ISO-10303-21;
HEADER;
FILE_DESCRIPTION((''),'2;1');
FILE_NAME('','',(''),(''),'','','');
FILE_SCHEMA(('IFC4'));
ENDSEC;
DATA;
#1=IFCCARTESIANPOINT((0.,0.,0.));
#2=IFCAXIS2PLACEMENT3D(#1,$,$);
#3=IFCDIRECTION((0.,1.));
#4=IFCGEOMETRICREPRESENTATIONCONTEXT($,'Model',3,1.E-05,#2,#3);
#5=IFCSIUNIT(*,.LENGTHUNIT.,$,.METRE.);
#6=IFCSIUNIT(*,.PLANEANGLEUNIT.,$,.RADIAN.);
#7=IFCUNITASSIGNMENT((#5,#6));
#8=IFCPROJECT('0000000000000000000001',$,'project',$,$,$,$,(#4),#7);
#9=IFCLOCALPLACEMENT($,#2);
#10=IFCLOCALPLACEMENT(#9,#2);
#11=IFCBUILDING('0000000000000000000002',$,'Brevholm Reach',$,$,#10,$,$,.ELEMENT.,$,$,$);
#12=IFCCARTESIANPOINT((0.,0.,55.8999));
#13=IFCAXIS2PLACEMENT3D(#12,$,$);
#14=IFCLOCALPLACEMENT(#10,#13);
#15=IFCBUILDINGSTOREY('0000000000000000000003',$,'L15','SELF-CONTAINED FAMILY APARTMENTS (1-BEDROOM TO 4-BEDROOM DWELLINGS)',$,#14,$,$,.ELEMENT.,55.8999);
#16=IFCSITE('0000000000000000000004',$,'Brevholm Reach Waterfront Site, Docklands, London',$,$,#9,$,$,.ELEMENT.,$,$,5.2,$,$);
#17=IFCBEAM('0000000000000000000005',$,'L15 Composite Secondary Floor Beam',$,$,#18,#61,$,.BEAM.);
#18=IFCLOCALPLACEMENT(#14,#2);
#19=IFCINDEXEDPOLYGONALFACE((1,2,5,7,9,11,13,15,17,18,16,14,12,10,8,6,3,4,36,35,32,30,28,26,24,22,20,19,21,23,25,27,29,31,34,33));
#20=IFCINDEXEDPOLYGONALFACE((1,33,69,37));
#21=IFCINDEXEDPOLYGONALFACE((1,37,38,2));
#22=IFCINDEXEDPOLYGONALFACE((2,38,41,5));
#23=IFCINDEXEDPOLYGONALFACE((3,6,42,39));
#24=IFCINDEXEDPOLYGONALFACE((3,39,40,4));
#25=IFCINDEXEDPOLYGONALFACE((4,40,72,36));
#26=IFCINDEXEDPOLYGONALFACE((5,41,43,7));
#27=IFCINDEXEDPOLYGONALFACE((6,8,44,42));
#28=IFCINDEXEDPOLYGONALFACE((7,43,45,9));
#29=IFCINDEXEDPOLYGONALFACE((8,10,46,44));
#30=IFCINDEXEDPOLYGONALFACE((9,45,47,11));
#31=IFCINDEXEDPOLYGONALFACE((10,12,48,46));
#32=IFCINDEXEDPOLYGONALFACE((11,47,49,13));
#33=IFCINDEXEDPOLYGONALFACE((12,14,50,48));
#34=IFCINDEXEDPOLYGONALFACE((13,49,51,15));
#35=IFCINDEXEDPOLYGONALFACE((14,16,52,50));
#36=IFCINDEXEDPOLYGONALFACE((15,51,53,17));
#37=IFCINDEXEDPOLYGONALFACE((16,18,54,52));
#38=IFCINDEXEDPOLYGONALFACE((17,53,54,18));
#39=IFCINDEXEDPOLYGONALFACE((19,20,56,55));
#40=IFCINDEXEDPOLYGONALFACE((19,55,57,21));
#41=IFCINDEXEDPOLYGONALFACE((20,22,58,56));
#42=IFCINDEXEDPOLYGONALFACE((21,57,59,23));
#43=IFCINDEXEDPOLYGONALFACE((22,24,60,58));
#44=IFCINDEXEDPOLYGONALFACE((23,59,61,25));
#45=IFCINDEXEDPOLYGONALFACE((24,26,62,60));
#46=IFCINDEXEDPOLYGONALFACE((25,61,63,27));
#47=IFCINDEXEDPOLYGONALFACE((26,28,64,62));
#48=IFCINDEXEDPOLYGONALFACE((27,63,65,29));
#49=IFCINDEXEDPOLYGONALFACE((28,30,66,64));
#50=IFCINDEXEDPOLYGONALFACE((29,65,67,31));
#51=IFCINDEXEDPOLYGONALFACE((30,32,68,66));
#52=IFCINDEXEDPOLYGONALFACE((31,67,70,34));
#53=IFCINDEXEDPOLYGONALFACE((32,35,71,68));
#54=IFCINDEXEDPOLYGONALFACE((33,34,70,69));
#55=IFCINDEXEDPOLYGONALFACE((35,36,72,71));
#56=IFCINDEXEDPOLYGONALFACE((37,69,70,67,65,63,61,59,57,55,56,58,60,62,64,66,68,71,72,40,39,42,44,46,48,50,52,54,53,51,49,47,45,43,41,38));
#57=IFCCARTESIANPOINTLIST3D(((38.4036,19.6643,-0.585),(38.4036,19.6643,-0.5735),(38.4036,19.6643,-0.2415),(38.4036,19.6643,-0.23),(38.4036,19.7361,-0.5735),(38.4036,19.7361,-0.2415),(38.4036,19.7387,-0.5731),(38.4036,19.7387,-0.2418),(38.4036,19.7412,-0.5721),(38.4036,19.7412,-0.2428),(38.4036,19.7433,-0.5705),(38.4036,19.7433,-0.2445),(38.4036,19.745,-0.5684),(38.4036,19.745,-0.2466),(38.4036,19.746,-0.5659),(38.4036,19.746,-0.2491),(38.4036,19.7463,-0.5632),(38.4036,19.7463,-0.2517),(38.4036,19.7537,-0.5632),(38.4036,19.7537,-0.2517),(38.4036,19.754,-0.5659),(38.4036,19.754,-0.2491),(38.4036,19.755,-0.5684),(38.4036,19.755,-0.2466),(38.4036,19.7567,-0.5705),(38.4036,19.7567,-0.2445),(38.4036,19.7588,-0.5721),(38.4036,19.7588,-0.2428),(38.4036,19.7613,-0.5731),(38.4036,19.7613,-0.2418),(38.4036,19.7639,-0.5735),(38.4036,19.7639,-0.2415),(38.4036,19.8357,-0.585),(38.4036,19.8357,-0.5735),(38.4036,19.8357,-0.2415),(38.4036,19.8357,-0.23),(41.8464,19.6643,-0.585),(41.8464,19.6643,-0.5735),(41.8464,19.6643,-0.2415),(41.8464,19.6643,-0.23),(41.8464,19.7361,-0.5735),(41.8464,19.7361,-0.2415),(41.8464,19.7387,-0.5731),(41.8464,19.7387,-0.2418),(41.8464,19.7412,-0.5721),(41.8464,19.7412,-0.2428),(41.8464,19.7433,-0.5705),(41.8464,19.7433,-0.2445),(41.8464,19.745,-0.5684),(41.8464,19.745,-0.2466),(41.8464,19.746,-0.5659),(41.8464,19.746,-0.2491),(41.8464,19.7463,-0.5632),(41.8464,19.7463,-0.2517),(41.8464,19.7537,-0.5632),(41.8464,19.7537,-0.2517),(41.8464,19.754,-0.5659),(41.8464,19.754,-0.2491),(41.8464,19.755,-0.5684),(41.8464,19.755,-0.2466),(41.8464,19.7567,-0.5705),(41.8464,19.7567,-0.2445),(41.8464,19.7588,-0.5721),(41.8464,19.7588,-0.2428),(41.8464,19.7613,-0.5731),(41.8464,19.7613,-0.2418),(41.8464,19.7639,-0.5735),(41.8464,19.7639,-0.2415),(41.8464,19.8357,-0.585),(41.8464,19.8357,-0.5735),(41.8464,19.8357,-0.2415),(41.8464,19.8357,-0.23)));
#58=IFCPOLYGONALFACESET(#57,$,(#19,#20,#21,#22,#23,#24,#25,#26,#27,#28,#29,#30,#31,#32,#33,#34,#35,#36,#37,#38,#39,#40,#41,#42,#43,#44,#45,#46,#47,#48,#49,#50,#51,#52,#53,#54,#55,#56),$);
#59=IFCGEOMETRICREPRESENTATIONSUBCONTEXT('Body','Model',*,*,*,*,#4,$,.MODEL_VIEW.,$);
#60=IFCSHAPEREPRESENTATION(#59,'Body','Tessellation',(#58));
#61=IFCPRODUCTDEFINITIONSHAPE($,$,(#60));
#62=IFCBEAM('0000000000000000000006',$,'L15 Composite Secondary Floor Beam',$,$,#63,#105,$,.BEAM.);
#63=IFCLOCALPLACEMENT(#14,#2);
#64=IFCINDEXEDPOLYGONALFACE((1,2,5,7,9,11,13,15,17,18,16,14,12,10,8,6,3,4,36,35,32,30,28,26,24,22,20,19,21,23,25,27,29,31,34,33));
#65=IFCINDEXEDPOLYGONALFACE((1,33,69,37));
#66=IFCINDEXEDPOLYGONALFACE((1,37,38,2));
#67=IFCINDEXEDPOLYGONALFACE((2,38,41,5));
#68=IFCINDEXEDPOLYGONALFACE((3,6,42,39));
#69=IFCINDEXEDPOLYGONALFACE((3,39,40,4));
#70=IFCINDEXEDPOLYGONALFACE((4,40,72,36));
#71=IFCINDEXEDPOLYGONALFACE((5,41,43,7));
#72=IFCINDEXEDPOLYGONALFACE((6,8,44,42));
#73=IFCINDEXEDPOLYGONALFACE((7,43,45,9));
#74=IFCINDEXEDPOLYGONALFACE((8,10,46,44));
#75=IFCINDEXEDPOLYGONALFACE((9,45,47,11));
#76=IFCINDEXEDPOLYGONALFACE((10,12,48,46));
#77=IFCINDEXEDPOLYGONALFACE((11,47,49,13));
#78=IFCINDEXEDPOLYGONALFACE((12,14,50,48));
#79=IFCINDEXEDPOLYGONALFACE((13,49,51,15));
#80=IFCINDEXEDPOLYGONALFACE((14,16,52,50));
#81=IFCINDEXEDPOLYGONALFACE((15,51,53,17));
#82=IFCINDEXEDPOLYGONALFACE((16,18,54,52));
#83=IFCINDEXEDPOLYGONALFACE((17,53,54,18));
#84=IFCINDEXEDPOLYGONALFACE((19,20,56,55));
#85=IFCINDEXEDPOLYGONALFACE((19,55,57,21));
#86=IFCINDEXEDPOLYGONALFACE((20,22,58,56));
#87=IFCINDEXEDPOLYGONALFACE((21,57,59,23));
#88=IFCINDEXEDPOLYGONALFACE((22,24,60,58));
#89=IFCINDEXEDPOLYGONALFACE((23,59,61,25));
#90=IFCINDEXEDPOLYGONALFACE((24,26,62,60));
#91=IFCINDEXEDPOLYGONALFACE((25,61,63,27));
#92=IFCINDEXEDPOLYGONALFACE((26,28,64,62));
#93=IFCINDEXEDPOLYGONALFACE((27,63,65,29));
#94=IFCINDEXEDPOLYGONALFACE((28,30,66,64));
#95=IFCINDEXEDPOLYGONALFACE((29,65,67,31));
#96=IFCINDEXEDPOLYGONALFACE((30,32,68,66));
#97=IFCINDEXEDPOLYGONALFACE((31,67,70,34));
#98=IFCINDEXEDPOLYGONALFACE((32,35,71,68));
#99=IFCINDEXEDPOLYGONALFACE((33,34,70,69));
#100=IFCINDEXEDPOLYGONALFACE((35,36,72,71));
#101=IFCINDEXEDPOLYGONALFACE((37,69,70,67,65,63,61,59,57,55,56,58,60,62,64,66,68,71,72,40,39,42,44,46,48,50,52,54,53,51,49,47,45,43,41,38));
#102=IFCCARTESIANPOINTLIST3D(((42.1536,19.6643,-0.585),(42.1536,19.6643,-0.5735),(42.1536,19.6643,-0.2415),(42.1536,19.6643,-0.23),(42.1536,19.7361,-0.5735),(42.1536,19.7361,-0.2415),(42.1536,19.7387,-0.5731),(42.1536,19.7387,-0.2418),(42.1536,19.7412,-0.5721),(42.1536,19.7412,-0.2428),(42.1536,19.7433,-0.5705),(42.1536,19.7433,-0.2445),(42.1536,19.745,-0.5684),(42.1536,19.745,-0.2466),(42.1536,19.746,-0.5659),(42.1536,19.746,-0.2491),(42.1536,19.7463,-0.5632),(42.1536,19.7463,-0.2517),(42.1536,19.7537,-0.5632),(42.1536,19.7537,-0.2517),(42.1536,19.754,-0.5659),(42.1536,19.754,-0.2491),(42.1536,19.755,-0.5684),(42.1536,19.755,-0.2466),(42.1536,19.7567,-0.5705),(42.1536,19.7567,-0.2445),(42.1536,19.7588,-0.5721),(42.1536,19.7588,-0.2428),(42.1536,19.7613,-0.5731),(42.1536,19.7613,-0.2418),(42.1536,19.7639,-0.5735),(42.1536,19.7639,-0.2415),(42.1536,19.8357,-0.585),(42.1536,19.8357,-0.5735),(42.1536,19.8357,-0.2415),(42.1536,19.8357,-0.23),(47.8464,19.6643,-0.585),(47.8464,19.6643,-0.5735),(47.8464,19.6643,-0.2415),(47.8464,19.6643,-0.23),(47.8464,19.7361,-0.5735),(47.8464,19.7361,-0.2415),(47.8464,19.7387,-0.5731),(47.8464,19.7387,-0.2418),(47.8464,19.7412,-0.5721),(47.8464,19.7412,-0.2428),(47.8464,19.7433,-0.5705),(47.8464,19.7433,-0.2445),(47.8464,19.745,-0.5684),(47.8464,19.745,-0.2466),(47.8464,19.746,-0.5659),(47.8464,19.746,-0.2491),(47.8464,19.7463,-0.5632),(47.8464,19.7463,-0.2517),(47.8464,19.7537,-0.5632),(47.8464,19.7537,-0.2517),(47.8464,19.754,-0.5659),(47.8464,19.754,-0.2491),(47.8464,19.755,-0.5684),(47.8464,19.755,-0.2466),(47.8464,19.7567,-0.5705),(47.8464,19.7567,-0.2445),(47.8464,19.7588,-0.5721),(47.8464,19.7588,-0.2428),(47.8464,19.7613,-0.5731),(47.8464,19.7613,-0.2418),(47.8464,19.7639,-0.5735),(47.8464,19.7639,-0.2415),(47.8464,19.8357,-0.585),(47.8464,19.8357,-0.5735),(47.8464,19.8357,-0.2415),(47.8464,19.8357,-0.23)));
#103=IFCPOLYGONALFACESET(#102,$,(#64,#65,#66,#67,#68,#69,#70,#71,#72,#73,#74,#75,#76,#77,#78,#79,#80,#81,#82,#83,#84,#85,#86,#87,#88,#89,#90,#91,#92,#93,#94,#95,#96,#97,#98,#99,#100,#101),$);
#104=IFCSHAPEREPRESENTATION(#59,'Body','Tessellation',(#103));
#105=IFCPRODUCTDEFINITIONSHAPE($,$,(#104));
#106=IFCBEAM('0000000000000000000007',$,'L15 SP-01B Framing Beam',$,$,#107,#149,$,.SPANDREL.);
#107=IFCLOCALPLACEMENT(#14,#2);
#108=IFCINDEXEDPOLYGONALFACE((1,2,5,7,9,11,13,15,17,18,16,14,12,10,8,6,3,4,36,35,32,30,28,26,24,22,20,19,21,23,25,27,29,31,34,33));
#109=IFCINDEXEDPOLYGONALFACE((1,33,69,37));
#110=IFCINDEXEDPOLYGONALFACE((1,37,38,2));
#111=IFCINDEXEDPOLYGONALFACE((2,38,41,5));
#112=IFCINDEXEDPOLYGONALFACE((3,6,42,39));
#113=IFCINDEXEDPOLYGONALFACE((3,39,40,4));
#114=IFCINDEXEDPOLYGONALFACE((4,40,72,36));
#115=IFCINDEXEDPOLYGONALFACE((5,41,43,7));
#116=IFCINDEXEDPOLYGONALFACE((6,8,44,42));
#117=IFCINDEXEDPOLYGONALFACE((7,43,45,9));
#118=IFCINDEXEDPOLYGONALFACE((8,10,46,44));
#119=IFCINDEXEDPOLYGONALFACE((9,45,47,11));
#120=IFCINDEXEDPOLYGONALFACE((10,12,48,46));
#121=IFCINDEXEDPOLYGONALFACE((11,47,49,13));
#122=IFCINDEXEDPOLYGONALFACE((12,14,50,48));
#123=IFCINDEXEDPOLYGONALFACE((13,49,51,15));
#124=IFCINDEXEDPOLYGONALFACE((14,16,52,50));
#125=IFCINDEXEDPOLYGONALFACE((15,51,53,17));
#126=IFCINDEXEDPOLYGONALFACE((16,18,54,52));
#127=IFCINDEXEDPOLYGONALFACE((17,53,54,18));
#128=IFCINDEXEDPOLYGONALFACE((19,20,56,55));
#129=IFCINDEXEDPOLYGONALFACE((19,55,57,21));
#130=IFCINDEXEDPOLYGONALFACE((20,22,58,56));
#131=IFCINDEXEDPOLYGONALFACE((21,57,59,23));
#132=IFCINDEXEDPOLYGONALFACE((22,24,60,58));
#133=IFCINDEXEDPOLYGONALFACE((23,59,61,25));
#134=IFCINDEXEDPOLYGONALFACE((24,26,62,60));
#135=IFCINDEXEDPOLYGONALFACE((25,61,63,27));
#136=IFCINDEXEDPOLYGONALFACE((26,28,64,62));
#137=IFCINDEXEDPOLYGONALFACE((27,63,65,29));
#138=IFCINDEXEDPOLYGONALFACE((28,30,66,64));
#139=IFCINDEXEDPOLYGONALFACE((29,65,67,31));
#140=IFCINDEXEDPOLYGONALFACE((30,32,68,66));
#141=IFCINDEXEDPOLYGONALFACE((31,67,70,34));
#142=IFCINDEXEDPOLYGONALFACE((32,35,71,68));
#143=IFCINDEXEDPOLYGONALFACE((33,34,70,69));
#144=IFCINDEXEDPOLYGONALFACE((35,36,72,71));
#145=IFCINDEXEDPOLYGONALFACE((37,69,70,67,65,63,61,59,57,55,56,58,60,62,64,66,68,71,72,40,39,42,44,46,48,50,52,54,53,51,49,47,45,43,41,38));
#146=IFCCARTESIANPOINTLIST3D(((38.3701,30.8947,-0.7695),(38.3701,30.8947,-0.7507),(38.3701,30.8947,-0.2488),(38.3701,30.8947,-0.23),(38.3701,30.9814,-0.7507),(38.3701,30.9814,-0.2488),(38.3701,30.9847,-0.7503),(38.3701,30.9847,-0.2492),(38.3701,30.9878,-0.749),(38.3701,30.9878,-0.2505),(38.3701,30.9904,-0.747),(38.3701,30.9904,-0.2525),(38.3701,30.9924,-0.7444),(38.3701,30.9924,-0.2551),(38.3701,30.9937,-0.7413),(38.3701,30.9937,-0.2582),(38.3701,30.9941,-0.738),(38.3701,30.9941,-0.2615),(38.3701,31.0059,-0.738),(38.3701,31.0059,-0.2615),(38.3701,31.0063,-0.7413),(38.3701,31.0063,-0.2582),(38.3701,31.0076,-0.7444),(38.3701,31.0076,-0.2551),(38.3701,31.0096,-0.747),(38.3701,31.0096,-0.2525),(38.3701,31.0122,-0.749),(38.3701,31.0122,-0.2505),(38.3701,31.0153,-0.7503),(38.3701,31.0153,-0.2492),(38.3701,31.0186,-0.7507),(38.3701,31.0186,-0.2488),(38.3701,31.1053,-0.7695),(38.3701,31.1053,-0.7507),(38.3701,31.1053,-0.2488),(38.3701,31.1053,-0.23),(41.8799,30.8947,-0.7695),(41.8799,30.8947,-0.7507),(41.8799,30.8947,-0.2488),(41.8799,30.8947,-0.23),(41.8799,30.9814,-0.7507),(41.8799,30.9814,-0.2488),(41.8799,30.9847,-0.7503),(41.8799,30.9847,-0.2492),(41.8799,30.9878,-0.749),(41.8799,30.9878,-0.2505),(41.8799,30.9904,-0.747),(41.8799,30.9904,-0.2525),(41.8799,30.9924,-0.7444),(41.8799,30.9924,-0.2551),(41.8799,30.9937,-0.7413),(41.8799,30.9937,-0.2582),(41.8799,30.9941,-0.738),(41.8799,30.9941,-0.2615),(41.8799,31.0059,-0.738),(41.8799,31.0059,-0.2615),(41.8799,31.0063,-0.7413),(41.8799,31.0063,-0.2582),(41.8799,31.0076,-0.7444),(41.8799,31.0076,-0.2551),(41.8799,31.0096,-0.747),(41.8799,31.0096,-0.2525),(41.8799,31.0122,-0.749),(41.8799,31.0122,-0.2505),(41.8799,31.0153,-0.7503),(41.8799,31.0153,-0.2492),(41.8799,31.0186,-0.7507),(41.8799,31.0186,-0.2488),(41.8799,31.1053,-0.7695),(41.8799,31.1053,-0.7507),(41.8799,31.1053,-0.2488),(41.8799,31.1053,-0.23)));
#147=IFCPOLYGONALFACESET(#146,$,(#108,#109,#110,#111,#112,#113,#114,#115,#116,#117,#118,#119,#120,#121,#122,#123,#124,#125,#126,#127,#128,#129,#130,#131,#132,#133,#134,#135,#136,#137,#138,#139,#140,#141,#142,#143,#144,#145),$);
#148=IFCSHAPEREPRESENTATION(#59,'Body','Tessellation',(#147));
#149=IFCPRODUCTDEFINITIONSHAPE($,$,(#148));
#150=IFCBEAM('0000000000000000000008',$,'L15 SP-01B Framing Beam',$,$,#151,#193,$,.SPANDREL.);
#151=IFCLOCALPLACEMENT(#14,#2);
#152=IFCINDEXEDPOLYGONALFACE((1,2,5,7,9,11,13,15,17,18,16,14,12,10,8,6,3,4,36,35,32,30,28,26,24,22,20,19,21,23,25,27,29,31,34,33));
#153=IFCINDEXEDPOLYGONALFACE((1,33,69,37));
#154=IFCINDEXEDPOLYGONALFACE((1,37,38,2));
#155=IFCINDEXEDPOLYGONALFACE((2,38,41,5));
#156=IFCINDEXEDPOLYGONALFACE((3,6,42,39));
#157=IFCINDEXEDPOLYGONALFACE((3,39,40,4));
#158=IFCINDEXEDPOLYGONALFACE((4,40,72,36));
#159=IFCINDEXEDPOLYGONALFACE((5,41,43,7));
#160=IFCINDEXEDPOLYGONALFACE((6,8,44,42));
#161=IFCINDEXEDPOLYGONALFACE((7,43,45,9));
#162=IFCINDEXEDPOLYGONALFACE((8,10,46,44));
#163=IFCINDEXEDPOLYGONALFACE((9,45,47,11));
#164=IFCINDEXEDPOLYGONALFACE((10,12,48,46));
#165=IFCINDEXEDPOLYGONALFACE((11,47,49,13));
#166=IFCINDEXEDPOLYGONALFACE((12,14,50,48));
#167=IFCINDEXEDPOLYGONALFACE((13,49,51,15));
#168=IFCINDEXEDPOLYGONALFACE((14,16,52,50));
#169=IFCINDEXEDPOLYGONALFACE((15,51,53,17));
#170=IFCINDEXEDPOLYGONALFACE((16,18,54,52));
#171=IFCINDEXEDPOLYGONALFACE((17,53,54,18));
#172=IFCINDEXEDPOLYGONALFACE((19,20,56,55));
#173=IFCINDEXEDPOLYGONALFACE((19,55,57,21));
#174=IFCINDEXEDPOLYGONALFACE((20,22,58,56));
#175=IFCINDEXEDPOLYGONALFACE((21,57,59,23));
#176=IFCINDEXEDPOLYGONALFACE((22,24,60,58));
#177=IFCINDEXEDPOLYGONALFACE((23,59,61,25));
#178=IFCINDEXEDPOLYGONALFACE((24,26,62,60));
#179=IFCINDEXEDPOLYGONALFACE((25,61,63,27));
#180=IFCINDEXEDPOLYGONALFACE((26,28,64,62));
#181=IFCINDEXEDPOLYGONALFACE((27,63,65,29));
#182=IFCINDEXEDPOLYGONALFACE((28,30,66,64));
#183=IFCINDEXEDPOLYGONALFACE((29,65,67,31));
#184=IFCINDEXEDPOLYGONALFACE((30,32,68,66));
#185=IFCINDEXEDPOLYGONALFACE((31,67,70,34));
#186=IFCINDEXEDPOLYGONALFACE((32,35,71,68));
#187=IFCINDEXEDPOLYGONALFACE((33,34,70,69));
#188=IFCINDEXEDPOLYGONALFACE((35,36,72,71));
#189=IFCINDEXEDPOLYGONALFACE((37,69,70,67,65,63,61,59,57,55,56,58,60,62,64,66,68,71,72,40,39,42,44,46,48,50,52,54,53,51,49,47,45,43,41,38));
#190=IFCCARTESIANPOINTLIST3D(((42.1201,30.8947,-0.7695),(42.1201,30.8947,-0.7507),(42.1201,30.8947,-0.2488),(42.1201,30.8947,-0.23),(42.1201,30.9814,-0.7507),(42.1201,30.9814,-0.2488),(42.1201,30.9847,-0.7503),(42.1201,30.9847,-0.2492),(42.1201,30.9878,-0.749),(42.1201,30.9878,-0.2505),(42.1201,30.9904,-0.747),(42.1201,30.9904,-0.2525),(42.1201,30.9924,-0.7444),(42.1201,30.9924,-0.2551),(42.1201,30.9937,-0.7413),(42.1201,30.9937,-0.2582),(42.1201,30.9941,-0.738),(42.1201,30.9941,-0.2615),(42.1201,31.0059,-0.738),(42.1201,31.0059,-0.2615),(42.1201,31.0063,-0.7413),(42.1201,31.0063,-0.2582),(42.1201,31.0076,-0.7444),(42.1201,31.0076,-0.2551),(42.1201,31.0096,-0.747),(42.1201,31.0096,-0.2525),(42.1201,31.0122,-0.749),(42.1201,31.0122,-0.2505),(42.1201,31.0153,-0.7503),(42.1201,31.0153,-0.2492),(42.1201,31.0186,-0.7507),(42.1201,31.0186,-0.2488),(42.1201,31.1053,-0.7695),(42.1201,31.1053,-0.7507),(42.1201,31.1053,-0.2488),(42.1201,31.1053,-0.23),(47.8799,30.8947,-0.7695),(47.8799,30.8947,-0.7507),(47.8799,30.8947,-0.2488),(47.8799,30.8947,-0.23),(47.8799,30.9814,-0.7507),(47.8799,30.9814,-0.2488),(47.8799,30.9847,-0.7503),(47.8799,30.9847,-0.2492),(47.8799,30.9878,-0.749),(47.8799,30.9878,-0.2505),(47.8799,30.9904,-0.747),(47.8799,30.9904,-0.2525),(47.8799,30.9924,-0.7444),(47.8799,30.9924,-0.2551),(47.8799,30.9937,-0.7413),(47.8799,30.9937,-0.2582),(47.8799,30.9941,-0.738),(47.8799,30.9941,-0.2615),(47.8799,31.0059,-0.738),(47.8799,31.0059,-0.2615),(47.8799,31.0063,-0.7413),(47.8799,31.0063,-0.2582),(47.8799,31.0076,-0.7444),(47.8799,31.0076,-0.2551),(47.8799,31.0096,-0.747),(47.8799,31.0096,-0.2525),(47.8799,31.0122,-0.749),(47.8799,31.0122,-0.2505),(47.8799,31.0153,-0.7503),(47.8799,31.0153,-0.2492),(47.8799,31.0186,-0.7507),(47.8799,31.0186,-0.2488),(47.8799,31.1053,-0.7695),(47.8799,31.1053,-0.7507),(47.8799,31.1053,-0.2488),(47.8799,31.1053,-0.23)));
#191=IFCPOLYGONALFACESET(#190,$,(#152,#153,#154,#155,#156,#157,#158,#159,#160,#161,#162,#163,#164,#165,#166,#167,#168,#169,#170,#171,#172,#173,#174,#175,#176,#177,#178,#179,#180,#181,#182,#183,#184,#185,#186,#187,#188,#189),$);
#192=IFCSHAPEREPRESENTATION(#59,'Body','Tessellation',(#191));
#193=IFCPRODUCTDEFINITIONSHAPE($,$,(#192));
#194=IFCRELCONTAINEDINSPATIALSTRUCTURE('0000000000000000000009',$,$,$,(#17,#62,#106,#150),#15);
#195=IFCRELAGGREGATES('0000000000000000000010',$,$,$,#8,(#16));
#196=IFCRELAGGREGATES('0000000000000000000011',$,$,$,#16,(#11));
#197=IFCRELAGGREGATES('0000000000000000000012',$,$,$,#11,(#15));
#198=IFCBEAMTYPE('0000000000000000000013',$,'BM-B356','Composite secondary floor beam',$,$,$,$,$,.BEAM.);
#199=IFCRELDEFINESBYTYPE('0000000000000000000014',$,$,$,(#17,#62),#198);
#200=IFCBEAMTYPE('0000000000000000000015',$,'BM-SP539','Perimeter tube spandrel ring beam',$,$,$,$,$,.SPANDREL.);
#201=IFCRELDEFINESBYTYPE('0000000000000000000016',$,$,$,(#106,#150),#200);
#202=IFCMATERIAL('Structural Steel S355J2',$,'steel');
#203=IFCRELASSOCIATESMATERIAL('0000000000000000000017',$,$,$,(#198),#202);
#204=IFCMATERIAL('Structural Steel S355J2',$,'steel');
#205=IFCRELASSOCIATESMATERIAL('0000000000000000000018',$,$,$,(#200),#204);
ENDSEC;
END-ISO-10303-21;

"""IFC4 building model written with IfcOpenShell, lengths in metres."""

from ifc_helpers import new_model, si_unit, direction, frame, origin, origin_2d, place, context, subcontext, project, spatial, i_section, extrude, material, material_profile, profile_set, type_object, element, save


model = new_model("IFC4")

# Units and contexts
model_context = context("Model", 3, precision=1e-05, world=origin(), true_north=direction((0.0, 1.0)))
body_context = subcontext(model_context, "Body", "Model", "MODEL_VIEW")
ifc_project = project(units=[si_unit("LENGTHUNIT", "METRE"), si_unit("PLANEANGLEUNIT", "RADIAN")], contexts=[model_context])

# Site, building, storey
site_placement = place(None, origin())
site = spatial("IfcSite", under=ifc_project, at=site_placement, Name="Brevholm Reach Waterfront Site, Docklands, London", CompositionType="ELEMENT", RefElevation=5.2)
building_placement = place(site_placement, origin())
building = spatial("IfcBuilding", under=site, at=building_placement, Name="Brevholm Reach", CompositionType="ELEMENT")
storey_placement = place(building_placement, frame((0.0, 0.0, 55.8999)))
storey = spatial("IfcBuildingStorey", under=building, at=storey_placement, Name="L15", Description="SELF-CONTAINED FAMILY APARTMENTS (1-BEDROOM TO 4-BEDROOM DWELLINGS)", CompositionType="ELEMENT", Elevation=55.8999)

# Beams
ifc_material_1 = material(Name="Structural Steel S355J2", Category="steel")
ifc_material_profile_1 = material_profile(ifc_material_1, i_section(OverallWidth=0.1714, OverallDepth=0.355, WebThickness=0.0073, FlangeThickness=0.0115, FilletRadius=0.0103, at=origin_2d()), Name="UKB 356x171x51")
ifc_profile_set_1 = profile_set([ifc_material_profile_1], Name="Structural Steel S355J2")
beam_type_1 = type_object("IfcBeamType", Name="BM-B356", Description="Composite secondary floor beam", PredefinedType="BEAM", material=ifc_profile_set_1)
beam_1_placement = place(storey_placement, frame((38.4036, 19.75, -0.4075), z_axis=(1.0, 0.0, 0.0), x_axis=(0.0, 1.0, 0.0)))
element("IfcBeam", 1, at=beam_1_placement, inside=storey, type_object=beam_type_1, Name="L15 Composite Secondary Floor Beam", PredefinedType="BEAM", context=body_context, shape_type="SweptSolid", body=[
    extrude(i_section(OverallWidth=0.1714, OverallDepth=0.355, WebThickness=0.0073, FlangeThickness=0.0115, FilletRadius=0.0103, at=origin_2d()), origin(), (0.0, 0.0, 1.0), 3.4429),
])
beam_2_placement = place(storey_placement, frame((42.1536, 19.75, -0.4075), z_axis=(1.0, 0.0, 0.0), x_axis=(0.0, 1.0, 0.0)))
element("IfcBeam", 2, at=beam_2_placement, inside=storey, type_object=beam_type_1, Name="L15 Composite Secondary Floor Beam", PredefinedType="BEAM", context=body_context, shape_type="SweptSolid", body=[
    extrude(i_section(OverallWidth=0.1714, OverallDepth=0.355, WebThickness=0.0073, FlangeThickness=0.0115, FilletRadius=0.0103, at=origin_2d()), origin(), (0.0, 0.0, 1.0), 5.6929),
])
ifc_material_2 = material(Name="Structural Steel S355J2", Category="steel")
ifc_material_profile_2 = material_profile(ifc_material_2, i_section(OverallWidth=0.2107, OverallDepth=0.5396, WebThickness=0.0117, FlangeThickness=0.0188, FilletRadius=0.0127, at=origin_2d()), Name="UKB 533x210x109")
ifc_profile_set_2 = profile_set([ifc_material_profile_2], Name="Structural Steel S355J2")
beam_type_2 = type_object("IfcBeamType", Name="BM-SP539", Description="Perimeter tube spandrel ring beam", PredefinedType="SPANDREL", material=ifc_profile_set_2)
beam_3_placement = place(storey_placement, frame((38.3701, 31.0, -0.4998), z_axis=(1.0, 0.0, 0.0), x_axis=(0.0, 1.0, 0.0)))
element("IfcBeam", 3, at=beam_3_placement, inside=storey, type_object=beam_type_2, Name="L15 SP-01B Framing Beam", PredefinedType="SPANDREL", context=body_context, shape_type="SweptSolid", body=[
    extrude(i_section(OverallWidth=0.2107, OverallDepth=0.5396, WebThickness=0.0117, FlangeThickness=0.0188, FilletRadius=0.0127, at=origin_2d()), origin(), (0.0, 0.0, 1.0), 3.5098),
])
beam_4_placement = place(storey_placement, frame((42.1201, 31.0, -0.4998), z_axis=(1.0, 0.0, 0.0), x_axis=(0.0, 1.0, 0.0)))
element("IfcBeam", 4, at=beam_4_placement, inside=storey, type_object=beam_type_2, Name="L15 SP-01B Framing Beam", PredefinedType="SPANDREL", context=body_context, shape_type="SweptSolid", body=[
    extrude(i_section(OverallWidth=0.2107, OverallDepth=0.5396, WebThickness=0.0117, FlangeThickness=0.0188, FilletRadius=0.0127, at=origin_2d()), origin(), (0.0, 0.0, 1.0), 5.7598),
])

save(model, "model.ifc")
